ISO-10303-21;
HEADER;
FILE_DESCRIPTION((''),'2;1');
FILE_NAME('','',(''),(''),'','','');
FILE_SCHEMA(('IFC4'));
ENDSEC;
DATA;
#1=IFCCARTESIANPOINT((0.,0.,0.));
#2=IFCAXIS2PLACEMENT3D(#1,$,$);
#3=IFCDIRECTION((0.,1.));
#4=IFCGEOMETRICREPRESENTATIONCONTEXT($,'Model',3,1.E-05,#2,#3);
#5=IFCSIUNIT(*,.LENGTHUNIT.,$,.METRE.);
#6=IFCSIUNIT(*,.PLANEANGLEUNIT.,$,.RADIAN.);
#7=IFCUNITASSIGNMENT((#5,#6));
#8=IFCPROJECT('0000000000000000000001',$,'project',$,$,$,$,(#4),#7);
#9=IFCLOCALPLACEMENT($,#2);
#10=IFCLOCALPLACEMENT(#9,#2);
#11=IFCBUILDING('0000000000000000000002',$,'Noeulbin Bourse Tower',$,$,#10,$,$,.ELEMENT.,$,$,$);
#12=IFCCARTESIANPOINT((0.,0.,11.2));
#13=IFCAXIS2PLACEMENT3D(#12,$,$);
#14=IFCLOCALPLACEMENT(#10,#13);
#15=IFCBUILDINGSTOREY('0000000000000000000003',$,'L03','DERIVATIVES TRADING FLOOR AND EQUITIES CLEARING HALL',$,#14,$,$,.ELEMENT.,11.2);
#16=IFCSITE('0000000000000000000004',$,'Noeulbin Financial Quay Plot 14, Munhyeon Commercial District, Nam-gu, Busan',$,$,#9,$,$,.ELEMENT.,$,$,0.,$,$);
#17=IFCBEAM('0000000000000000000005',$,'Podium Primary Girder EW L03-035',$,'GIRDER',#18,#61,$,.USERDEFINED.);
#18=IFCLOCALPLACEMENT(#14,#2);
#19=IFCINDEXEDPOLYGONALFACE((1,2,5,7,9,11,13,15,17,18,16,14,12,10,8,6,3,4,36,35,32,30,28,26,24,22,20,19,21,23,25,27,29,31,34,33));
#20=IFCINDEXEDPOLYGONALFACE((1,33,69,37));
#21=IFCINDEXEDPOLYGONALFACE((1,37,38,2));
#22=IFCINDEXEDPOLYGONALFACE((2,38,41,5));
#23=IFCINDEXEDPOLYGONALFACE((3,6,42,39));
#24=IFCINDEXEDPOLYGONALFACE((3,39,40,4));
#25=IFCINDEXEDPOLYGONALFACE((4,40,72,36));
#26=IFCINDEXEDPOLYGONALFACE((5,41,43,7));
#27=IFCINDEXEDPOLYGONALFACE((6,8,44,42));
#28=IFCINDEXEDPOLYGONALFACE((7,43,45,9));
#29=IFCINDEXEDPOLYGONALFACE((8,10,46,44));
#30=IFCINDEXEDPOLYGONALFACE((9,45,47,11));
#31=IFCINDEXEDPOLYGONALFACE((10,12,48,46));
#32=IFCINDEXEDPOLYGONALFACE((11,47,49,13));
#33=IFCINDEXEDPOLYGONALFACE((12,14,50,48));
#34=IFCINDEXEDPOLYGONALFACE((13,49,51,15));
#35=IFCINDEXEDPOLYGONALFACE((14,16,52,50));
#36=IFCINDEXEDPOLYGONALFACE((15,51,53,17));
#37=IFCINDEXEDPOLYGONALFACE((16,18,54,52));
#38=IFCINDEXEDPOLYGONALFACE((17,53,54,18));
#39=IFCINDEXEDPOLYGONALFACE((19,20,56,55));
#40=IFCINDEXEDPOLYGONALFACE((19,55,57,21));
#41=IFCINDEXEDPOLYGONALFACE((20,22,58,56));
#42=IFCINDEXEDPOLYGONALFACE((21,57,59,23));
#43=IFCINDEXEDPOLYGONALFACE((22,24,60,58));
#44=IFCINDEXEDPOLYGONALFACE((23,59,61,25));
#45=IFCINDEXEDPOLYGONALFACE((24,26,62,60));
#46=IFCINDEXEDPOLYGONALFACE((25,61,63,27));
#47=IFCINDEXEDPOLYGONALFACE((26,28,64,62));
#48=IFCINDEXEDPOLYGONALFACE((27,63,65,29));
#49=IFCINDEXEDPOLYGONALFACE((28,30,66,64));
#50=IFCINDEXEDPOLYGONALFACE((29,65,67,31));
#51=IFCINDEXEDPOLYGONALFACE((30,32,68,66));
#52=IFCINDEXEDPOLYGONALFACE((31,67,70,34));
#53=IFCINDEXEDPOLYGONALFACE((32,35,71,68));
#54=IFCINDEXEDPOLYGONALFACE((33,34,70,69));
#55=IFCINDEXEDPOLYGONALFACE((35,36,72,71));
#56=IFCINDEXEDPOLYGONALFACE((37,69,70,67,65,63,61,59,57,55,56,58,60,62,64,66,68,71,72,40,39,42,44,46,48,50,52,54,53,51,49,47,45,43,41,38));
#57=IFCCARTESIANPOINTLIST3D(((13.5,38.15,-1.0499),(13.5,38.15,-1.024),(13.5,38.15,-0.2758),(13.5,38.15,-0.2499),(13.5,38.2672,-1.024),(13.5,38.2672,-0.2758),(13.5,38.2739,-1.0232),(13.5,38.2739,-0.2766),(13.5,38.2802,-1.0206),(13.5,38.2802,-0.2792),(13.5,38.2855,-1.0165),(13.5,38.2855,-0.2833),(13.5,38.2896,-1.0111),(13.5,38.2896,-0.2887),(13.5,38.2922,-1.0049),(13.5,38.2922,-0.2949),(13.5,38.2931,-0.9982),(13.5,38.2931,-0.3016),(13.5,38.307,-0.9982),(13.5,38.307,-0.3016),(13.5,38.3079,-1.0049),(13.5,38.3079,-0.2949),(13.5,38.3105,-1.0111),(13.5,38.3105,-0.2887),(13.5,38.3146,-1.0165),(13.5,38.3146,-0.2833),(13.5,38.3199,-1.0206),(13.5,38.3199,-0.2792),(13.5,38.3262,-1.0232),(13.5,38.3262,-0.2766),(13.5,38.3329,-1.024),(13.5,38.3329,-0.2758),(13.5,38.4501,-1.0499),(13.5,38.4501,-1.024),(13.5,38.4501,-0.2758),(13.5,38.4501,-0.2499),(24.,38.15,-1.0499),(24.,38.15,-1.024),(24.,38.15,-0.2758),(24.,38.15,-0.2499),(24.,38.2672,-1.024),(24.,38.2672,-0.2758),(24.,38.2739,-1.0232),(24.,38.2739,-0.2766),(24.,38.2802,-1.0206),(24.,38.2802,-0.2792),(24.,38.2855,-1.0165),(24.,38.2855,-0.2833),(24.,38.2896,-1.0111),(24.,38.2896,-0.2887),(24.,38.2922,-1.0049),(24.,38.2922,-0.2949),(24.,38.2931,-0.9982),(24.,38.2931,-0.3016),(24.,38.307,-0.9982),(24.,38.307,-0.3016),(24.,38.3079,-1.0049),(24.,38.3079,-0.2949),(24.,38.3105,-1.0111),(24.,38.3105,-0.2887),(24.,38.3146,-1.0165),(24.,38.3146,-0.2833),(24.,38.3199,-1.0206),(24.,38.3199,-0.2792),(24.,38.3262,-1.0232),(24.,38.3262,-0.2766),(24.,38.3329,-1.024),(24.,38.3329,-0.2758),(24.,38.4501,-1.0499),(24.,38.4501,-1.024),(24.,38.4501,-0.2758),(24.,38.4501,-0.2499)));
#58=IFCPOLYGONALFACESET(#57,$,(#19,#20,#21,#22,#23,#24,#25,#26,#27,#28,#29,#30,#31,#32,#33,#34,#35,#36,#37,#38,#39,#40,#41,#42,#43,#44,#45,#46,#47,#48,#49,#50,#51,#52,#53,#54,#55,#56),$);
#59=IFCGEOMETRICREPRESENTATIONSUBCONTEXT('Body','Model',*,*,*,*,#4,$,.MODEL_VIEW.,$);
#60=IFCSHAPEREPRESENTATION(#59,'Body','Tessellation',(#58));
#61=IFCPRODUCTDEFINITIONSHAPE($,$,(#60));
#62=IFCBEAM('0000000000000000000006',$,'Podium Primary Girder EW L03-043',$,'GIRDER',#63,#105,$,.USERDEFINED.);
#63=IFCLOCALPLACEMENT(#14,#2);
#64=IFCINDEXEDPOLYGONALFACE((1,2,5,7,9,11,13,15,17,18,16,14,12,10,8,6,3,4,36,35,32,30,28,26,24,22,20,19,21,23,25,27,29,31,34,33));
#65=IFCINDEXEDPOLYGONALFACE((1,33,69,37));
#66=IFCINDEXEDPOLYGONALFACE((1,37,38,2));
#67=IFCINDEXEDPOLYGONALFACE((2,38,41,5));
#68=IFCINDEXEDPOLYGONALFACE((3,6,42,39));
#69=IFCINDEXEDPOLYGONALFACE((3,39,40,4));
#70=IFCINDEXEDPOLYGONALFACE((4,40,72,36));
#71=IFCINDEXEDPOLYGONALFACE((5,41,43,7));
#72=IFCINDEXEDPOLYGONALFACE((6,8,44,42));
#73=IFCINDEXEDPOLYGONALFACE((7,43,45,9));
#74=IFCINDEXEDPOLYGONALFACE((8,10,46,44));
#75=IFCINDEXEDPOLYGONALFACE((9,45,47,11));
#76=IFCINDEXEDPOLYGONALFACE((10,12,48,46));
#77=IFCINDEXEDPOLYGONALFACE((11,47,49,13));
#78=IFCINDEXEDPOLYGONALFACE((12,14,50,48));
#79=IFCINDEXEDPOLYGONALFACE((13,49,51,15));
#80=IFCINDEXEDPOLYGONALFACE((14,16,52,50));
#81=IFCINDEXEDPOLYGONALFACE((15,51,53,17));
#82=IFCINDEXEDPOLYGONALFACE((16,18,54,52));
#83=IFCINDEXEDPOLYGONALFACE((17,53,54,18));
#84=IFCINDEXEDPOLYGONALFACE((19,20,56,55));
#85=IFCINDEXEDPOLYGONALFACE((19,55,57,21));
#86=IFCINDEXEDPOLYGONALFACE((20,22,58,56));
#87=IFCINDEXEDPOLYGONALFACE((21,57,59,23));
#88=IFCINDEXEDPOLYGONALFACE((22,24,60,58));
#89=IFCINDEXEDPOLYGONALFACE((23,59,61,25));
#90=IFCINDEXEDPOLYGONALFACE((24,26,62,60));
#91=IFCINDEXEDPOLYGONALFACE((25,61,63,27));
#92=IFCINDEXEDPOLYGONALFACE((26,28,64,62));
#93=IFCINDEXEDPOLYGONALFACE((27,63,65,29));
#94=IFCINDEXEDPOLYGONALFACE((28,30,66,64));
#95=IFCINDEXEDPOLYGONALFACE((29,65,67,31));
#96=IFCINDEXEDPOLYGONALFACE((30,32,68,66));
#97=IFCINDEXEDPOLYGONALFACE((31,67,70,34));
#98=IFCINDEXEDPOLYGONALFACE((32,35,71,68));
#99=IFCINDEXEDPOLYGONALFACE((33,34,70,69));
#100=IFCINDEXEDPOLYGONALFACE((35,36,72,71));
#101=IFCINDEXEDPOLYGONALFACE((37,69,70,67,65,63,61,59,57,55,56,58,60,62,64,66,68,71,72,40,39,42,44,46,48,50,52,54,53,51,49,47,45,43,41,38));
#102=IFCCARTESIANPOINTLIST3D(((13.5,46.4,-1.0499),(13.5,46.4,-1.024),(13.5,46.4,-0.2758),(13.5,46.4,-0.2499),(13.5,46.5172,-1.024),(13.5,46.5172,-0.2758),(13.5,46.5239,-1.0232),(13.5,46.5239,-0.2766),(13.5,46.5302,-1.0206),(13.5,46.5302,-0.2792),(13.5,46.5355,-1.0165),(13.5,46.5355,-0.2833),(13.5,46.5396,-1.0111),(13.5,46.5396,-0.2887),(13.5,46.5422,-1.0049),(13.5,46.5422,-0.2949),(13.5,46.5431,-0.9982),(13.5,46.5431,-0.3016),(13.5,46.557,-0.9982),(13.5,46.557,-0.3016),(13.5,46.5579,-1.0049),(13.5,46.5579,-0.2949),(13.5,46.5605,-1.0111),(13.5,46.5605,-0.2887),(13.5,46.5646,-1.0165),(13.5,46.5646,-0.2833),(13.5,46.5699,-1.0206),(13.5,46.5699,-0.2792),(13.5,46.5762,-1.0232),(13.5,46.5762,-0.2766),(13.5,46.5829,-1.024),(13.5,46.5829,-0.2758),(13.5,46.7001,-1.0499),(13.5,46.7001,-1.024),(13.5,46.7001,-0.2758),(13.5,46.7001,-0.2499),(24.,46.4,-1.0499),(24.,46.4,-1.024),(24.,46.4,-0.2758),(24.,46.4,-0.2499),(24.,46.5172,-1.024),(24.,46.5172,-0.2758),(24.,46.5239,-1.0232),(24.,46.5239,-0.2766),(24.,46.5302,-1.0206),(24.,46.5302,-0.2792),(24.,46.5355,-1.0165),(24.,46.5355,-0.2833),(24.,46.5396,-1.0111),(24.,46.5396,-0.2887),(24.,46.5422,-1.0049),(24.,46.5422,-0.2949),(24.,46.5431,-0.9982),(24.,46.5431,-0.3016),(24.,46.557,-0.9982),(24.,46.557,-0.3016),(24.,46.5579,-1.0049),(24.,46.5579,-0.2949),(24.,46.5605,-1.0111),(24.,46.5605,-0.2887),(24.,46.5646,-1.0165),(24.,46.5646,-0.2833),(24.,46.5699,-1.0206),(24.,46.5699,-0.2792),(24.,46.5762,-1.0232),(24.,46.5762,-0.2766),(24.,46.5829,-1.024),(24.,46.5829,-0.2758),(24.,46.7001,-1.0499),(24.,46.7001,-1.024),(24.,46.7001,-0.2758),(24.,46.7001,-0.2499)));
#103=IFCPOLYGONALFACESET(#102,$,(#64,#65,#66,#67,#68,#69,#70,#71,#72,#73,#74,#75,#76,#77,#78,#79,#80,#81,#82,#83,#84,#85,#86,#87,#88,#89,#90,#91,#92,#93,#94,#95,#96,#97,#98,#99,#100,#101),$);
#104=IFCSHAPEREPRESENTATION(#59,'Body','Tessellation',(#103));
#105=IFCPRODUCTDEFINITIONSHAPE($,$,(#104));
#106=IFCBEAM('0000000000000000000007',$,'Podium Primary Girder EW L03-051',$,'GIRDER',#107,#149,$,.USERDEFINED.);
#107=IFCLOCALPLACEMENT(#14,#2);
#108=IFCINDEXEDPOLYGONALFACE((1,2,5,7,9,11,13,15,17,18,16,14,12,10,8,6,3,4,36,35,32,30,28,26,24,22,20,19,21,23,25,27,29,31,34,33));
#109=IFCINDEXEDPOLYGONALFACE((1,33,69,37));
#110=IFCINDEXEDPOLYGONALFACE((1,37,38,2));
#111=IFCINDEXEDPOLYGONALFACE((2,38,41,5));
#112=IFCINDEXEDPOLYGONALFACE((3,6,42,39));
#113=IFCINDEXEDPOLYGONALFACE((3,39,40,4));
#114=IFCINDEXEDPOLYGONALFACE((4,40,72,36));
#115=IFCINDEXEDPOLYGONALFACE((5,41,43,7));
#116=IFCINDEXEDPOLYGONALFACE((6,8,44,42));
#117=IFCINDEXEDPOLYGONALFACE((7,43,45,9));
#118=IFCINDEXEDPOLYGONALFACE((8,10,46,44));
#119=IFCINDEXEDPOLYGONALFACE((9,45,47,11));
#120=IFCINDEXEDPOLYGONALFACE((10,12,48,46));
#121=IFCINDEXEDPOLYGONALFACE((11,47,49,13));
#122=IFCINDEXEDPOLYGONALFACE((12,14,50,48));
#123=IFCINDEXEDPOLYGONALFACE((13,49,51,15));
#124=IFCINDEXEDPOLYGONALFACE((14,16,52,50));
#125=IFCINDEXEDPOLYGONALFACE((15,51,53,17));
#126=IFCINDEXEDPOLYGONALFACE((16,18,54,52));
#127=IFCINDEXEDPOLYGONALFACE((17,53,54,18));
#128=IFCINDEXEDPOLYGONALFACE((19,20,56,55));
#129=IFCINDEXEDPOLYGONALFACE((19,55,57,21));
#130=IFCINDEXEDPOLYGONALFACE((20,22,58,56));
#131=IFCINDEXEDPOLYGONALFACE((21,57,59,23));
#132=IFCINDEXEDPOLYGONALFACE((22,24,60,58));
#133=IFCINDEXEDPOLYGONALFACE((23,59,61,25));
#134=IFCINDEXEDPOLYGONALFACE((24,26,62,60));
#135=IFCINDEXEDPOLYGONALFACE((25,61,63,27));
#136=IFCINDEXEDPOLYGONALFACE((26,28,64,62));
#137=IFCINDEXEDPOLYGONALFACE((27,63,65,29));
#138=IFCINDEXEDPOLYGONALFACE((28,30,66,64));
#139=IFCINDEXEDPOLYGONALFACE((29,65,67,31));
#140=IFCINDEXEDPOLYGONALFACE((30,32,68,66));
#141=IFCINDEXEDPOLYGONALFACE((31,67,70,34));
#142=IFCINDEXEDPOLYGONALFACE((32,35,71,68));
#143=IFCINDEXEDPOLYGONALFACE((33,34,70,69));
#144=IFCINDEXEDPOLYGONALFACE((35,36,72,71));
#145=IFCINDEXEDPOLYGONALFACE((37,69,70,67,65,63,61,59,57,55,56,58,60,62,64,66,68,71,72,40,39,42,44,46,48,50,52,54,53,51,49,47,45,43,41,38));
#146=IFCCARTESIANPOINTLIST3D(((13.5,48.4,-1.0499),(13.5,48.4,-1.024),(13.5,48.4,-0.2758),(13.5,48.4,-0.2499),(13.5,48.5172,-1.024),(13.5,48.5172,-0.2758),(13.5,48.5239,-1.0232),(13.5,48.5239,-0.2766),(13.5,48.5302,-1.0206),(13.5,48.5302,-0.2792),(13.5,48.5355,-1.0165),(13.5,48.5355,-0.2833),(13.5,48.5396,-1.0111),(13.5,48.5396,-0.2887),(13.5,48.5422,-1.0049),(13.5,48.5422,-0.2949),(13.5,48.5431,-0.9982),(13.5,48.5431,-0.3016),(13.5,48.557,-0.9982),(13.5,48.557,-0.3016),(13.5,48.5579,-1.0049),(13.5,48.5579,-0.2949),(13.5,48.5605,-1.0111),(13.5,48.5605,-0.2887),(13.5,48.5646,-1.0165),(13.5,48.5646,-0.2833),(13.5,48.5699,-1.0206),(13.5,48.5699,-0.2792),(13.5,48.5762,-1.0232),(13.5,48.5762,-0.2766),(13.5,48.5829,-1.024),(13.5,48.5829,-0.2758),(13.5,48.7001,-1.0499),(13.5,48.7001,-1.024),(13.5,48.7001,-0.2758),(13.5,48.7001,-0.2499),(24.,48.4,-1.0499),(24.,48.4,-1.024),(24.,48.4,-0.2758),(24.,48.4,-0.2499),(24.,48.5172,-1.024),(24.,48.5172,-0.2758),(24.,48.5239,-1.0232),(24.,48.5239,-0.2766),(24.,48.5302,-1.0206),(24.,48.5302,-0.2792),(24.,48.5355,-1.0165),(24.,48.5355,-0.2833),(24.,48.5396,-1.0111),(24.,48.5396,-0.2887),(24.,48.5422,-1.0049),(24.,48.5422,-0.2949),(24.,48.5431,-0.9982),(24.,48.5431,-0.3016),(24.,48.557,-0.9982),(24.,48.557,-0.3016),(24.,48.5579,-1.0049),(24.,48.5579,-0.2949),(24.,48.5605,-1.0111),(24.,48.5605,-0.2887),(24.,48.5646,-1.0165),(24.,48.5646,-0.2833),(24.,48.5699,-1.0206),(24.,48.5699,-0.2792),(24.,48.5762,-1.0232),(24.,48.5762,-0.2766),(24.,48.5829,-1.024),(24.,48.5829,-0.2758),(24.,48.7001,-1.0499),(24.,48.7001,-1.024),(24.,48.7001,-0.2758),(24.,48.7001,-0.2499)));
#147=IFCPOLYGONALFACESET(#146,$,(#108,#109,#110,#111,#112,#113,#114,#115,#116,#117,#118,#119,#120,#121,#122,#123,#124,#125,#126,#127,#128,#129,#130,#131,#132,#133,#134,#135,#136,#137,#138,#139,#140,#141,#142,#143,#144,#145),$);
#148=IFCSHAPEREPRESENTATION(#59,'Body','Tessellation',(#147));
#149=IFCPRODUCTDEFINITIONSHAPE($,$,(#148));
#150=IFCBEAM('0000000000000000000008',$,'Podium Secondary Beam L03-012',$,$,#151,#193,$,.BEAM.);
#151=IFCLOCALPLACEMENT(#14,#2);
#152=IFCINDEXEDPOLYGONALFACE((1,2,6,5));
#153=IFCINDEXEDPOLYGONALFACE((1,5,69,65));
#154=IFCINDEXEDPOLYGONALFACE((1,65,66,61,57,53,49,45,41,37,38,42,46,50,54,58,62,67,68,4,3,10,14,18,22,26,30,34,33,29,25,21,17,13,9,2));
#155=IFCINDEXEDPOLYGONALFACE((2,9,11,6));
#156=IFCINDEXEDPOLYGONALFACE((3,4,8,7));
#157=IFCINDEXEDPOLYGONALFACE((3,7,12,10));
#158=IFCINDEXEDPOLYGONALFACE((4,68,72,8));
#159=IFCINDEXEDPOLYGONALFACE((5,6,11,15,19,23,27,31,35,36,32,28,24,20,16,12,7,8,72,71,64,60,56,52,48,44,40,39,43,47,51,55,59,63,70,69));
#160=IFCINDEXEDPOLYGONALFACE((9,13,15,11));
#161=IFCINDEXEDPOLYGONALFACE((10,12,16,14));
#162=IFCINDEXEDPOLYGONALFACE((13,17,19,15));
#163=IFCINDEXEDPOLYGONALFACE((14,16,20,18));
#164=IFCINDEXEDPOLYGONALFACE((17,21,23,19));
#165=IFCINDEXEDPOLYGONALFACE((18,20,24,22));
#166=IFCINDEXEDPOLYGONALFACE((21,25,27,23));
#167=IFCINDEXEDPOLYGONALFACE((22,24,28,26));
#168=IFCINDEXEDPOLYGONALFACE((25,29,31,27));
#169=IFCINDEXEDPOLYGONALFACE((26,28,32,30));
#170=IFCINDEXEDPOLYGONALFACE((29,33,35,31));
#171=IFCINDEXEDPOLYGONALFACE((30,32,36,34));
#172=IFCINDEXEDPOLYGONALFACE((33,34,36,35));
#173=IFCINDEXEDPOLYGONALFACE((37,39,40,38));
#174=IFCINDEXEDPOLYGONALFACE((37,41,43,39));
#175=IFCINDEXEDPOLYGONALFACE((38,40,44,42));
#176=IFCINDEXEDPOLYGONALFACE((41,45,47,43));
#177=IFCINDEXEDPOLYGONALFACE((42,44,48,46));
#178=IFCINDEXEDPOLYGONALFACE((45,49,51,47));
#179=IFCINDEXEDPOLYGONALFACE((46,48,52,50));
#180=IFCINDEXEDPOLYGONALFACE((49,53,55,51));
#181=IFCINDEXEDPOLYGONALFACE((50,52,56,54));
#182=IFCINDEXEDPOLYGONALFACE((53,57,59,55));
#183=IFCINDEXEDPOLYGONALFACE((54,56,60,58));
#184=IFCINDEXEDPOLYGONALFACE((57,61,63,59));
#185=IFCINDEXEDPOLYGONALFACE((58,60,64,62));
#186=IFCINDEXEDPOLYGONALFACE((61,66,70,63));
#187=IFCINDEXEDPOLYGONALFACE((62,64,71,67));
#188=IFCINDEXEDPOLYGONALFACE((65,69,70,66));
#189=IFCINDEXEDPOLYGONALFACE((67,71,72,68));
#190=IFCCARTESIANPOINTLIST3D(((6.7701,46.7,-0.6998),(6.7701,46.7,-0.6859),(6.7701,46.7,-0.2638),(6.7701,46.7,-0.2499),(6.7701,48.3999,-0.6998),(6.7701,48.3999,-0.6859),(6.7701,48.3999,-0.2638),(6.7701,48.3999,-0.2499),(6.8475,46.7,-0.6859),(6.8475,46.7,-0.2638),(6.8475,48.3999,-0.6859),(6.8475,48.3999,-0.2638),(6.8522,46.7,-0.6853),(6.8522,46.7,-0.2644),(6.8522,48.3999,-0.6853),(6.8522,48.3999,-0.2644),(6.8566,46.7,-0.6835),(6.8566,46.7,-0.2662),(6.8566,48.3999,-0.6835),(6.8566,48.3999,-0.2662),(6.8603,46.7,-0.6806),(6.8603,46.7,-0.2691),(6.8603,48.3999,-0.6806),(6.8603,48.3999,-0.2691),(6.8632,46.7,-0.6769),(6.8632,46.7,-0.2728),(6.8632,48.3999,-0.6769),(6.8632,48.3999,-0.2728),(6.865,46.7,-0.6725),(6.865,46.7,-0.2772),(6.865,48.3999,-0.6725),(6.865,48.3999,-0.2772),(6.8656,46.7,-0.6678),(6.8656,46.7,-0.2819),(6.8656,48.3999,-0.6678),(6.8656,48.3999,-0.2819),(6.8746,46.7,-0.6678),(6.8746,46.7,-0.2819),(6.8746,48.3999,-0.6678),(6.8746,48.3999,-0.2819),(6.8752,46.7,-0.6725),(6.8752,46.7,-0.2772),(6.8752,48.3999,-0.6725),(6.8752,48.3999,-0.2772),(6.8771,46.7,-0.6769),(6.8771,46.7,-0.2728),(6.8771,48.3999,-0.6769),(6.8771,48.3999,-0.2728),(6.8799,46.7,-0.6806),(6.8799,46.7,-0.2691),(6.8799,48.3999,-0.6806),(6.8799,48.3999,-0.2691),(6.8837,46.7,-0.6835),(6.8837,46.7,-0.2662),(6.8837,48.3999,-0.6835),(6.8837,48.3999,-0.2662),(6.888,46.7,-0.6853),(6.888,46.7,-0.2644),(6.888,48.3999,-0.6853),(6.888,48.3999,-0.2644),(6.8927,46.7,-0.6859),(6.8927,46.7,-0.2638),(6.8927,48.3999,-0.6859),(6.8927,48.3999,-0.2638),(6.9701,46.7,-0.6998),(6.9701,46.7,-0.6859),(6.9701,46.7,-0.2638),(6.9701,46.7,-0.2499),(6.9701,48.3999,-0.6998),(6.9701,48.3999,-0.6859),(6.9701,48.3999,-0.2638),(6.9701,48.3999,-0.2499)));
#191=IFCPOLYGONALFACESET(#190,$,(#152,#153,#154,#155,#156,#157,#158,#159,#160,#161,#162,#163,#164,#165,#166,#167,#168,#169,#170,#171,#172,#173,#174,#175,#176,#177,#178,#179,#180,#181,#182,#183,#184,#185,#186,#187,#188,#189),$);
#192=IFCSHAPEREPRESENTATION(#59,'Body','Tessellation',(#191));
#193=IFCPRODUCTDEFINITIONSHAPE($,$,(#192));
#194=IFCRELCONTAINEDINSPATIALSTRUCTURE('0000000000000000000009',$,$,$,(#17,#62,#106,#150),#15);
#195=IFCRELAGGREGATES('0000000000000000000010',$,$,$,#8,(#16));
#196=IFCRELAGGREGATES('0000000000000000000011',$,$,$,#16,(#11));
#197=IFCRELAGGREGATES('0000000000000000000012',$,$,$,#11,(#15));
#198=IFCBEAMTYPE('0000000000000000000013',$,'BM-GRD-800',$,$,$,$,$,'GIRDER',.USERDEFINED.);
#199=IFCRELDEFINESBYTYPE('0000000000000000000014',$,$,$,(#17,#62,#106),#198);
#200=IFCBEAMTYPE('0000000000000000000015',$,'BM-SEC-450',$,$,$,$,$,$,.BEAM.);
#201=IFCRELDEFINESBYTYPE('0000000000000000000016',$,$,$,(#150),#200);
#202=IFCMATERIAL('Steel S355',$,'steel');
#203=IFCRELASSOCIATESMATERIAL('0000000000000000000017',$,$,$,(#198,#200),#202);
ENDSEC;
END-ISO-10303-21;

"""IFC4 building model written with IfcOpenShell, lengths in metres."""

from ifc_helpers import new_model, si_unit, direction, frame, origin, origin_2d, place, context, subcontext, project, spatial, i_section, extrude, material, material_profile, profile_set, type_object, element, save


model = new_model("IFC4")

# Units and contexts
model_context = context("Model", 3, precision=1e-05, world=origin(), true_north=direction((0.0, 1.0)))
body_context = subcontext(model_context, "Body", "Model", "MODEL_VIEW")
ifc_project = project(units=[si_unit("LENGTHUNIT", "METRE"), si_unit("PLANEANGLEUNIT", "RADIAN")], contexts=[model_context])

# Site, building, storey
site_placement = place(None, origin())
site = spatial("IfcSite", under=ifc_project, at=site_placement, Name="Noeulbin Financial Quay Plot 14, Munhyeon Commercial District, Nam-gu, Busan", CompositionType="ELEMENT", RefElevation=0.0)
building_placement = place(site_placement, origin())
building = spatial("IfcBuilding", under=site, at=building_placement, Name="Noeulbin Bourse Tower", CompositionType="ELEMENT")
storey_placement = place(building_placement, frame((0.0, 0.0, 11.2)))
storey = spatial("IfcBuildingStorey", under=building, at=storey_placement, Name="L03", Description="DERIVATIVES TRADING FLOOR AND EQUITIES CLEARING HALL", CompositionType="ELEMENT", Elevation=11.2)

# Beams
ifc_material_1 = material(Name="Steel S355", Category="steel")
ifc_material_profile_1 = material_profile(ifc_material_1, i_section(OverallWidth=0.3, OverallDepth=0.8, WebThickness=0.0139, FlangeThickness=0.0259, FilletRadius=0.0259, at=origin_2d()), Name="H-800x300x14x26", Category="LoadBearing")
ifc_profile_set_1 = profile_set([ifc_material_profile_1], Name="Steel S355")
beam_type_1 = type_object("IfcBeamType", Name="BM-GRD-800", ElementType="GIRDER", PredefinedType="USERDEFINED", material=ifc_profile_set_1)
for number, where, z_axis, x_axis, name in (
    (1, (13.5, 38.3, -0.6499), (1.0, 0.0, 0.0), (0.0, 1.0, 0.0), "Podium Primary Girder EW L03-035"),
    (2, (13.5, 46.55, -0.6499), (1.0, 0.0, 0.0), (0.0, 1.0, 0.0), "Podium Primary Girder EW L03-043"),
    (3, (13.5, 48.55, -0.6499), (1.0, 0.0, 0.0), (0.0, 1.0, 0.0), "Podium Primary Girder EW L03-051"),
):
    element("IfcBeam", number, at=place(storey_placement, frame(where, z_axis=z_axis, x_axis=x_axis)), inside=storey, type_object=beam_type_1, Name=name, ObjectType="GIRDER", PredefinedType="USERDEFINED", context=body_context, shape_type="SweptSolid", body=[
        extrude(i_section(OverallWidth=0.3, OverallDepth=0.8, WebThickness=0.0139, FlangeThickness=0.0259, FilletRadius=0.0259, at=origin_2d()), origin(), (0.0, 0.0, 1.0), 10.5),
    ])
ifc_material_profile_2 = material_profile(ifc_material_1, i_section(OverallWidth=0.2, OverallDepth=0.45, WebThickness=0.009, FlangeThickness=0.0139, FilletRadius=0.0181, at=origin_2d()), Name="H-450x200x9x14", Category="LoadBearing")
ifc_profile_set_2 = profile_set([ifc_material_profile_2], Name="Steel S355")
beam_type_2 = type_object("IfcBeamType", Name="BM-SEC-450", PredefinedType="BEAM", material=ifc_profile_set_2)
beam_1_placement = place(storey_placement, frame((6.8701, 46.7, -0.4749), z_axis=(0.0, 1.0, 0.0), x_axis=(-1.0, 0.0, 0.0)))
element("IfcBeam", 4, at=beam_1_placement, inside=storey, type_object=beam_type_2, Name="Podium Secondary Beam L03-012", PredefinedType="BEAM", context=body_context, shape_type="SweptSolid", body=[
    extrude(i_section(OverallWidth=0.2, OverallDepth=0.45, WebThickness=0.009, FlangeThickness=0.0139, FilletRadius=0.0181, at=origin_2d()), origin(), (0.0, 0.0, 1.0), 1.7),
])

save(model, "model.ifc")
